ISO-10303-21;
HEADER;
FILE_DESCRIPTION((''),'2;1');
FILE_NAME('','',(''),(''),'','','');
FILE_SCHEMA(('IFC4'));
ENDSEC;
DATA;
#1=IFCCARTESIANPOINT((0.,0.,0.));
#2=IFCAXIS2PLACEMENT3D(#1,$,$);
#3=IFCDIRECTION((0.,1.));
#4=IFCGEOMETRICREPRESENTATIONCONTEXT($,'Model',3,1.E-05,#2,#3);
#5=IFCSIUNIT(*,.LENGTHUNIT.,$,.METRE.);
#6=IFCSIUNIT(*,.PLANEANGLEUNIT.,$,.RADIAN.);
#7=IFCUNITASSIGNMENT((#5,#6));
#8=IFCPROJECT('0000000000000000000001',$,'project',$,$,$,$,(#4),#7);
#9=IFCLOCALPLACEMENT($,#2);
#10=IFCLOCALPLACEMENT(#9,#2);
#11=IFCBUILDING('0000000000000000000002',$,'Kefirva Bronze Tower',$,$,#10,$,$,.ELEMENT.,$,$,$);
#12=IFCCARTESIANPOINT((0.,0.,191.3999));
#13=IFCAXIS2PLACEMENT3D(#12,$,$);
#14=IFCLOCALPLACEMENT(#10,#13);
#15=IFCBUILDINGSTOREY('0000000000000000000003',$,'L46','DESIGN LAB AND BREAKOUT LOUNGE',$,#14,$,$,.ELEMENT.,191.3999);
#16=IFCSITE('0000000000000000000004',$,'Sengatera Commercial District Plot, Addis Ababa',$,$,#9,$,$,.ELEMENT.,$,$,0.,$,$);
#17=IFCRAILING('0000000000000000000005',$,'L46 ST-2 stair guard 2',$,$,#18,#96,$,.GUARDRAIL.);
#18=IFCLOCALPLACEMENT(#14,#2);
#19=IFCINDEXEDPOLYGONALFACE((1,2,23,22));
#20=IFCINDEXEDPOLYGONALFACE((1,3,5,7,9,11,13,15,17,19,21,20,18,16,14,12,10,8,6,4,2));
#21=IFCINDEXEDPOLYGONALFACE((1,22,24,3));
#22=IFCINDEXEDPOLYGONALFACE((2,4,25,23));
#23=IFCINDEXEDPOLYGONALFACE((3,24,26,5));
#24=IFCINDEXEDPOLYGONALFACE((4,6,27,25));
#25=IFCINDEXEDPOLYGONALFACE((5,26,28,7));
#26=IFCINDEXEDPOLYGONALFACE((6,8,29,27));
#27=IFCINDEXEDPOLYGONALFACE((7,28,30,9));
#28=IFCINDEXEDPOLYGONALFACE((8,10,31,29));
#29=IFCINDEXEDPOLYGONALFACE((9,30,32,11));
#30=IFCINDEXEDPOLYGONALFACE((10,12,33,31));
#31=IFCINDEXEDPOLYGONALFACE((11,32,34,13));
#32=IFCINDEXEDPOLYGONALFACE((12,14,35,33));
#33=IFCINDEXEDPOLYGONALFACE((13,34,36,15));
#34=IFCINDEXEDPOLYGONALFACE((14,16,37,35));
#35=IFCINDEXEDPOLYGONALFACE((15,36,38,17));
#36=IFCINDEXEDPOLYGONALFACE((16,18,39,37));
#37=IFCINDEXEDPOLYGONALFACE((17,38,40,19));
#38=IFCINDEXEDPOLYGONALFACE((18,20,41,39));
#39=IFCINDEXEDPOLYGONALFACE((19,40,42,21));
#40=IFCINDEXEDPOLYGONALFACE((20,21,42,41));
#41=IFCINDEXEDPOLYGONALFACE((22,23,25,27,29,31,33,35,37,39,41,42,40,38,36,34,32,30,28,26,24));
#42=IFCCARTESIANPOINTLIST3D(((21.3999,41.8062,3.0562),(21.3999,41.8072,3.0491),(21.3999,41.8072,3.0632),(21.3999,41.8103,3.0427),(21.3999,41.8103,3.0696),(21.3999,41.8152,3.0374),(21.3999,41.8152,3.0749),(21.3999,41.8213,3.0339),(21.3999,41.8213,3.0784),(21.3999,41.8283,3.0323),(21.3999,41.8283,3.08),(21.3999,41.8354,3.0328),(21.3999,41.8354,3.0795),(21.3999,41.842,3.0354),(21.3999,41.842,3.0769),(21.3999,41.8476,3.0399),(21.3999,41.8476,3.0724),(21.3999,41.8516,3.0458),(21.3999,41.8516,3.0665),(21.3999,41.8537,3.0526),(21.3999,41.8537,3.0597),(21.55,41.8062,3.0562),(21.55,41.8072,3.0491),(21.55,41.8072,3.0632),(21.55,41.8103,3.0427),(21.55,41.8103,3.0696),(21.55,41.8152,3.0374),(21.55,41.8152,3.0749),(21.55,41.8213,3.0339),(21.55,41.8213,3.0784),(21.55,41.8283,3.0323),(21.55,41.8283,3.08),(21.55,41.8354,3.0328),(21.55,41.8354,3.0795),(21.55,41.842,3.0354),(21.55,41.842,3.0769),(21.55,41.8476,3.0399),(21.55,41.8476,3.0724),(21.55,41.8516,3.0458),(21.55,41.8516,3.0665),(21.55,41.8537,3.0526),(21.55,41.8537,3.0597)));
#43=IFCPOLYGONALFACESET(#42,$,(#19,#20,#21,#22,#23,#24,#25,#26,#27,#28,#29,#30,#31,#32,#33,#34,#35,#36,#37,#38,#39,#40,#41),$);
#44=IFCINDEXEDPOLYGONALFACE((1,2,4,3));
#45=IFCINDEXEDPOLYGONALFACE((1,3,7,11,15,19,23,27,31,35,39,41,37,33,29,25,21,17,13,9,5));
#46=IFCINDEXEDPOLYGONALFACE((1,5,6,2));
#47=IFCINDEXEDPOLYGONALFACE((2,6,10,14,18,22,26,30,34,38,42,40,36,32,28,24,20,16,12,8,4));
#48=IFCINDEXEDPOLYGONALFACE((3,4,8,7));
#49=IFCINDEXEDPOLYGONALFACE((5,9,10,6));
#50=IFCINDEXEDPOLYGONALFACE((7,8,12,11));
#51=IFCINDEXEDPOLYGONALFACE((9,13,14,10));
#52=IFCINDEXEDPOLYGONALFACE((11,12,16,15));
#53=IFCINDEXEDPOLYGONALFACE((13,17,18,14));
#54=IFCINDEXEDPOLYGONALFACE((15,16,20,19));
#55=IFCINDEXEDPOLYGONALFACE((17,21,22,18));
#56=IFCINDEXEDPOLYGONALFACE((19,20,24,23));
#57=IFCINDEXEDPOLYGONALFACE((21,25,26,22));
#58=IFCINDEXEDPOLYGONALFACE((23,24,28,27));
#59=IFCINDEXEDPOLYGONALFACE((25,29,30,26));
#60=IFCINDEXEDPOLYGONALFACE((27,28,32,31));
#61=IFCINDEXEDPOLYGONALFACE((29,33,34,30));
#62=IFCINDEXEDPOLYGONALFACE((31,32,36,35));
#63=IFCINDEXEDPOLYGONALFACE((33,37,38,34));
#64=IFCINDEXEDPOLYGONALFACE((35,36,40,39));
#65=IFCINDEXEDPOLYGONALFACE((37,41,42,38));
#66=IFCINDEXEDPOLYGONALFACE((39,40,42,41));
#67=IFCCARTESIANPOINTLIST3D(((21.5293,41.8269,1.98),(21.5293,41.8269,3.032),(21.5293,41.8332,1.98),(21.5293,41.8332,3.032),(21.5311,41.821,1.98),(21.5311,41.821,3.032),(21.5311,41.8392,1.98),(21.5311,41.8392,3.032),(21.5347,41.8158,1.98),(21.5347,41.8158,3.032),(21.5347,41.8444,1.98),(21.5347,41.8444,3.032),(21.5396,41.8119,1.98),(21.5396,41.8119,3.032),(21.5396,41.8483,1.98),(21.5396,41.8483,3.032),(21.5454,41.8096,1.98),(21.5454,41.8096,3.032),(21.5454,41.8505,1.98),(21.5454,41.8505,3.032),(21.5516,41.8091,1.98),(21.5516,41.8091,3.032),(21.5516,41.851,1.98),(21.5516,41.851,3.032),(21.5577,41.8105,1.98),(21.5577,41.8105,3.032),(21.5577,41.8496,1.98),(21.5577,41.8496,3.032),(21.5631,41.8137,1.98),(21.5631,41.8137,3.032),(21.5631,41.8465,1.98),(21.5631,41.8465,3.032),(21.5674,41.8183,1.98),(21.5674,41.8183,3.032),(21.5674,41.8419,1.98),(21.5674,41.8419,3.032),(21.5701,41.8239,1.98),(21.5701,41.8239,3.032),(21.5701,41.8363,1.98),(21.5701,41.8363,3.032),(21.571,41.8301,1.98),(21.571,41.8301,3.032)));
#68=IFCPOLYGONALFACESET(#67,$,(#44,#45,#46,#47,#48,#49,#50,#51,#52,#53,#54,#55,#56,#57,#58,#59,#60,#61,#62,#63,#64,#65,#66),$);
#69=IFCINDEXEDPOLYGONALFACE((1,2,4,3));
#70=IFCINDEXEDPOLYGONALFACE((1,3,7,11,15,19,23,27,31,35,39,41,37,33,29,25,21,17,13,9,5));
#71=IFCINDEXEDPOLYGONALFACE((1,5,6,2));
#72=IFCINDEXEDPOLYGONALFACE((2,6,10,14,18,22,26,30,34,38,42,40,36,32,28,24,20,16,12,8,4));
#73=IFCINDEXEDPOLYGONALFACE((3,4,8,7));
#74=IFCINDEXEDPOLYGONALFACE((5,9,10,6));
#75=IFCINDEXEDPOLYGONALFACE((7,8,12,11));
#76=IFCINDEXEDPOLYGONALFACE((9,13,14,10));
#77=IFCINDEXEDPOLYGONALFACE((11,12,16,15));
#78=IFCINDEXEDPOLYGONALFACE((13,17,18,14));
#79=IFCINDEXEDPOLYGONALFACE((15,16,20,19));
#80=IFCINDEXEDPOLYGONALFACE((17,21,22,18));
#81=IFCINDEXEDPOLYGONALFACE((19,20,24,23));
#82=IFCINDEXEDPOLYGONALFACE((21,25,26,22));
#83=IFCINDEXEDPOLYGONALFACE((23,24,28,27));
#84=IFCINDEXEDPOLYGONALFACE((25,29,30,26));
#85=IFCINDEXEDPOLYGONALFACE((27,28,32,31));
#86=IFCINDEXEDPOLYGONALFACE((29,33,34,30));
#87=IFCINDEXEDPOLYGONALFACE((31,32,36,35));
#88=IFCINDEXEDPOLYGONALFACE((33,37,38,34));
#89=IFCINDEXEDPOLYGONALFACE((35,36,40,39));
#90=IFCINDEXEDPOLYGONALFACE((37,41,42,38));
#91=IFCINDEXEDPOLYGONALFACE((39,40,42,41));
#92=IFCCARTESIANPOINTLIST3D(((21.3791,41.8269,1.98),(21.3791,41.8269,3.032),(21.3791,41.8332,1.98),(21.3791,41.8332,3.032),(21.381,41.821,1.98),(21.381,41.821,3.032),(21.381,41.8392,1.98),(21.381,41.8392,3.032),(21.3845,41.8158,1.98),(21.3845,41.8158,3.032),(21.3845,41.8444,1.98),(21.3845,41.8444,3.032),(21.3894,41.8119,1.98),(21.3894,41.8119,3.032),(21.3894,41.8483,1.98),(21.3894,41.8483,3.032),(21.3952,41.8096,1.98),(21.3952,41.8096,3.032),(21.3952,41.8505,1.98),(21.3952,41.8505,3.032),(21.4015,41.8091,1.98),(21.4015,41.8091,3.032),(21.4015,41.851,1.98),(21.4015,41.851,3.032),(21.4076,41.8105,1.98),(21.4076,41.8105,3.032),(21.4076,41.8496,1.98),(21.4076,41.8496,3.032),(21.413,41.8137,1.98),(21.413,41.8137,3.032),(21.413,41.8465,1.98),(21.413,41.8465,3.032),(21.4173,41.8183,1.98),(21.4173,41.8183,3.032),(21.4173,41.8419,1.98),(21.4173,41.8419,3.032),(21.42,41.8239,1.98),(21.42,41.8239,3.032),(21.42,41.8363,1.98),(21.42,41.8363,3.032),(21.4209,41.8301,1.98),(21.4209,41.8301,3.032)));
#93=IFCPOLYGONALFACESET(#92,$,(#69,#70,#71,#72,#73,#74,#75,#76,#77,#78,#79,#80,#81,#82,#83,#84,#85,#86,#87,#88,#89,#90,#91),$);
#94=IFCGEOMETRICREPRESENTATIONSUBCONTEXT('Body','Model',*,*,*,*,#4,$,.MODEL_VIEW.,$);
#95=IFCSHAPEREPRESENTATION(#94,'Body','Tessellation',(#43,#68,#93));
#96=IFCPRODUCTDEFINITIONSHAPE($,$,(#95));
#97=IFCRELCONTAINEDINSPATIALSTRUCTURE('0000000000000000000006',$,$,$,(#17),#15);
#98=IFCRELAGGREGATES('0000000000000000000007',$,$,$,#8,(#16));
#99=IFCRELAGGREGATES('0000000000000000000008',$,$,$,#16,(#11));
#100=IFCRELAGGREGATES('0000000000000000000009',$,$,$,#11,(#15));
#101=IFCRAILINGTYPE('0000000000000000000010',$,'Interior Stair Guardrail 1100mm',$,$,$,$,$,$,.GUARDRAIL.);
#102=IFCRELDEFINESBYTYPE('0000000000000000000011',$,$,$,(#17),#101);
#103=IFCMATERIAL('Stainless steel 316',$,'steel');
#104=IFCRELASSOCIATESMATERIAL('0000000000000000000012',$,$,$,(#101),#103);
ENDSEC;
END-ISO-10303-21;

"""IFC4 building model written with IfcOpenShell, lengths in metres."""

from ifc_helpers import new_model, si_unit, direction, frame, origin, origin_2d, place, context, subcontext, project, spatial, circle, extrude, material, type_object, element, save


model = new_model("IFC4")

# Units and contexts
model_context = context("Model", 3, precision=1e-05, world=origin(), true_north=direction((0.0, 1.0)))
body_context = subcontext(model_context, "Body", "Model", "MODEL_VIEW")
ifc_project = project(units=[si_unit("LENGTHUNIT", "METRE"), si_unit("PLANEANGLEUNIT", "RADIAN")], contexts=[model_context])

# Site, building, storey
site_placement = place(None, origin())
site = spatial("IfcSite", under=ifc_project, at=site_placement, Name="Sengatera Commercial District Plot, Addis Ababa", CompositionType="ELEMENT", RefElevation=0.0)
building_placement = place(site_placement, origin())
building = spatial("IfcBuilding", under=site, at=building_placement, Name="Kefirva Bronze Tower", CompositionType="ELEMENT")
storey_placement = place(building_placement, frame((0.0, 0.0, 191.3999)))
storey = spatial("IfcBuildingStorey", under=building, at=storey_placement, Name="L46", Description="DESIGN LAB AND BREAKOUT LOUNGE", CompositionType="ELEMENT", Elevation=191.3999)

# Railing
ifc_material_1 = material(Name="Stainless steel 316", Category="steel")
railing_type_1 = type_object("IfcRailingType", Name="Interior Stair Guardrail 1100mm", PredefinedType="GUARDRAIL", material=ifc_material_1)
railing_1_placement = place(storey_placement, frame((21.55, 41.8301, 1.98)))
element("IfcRailing", 1, at=railing_1_placement, inside=storey, type_object=railing_type_1, Name="L46 ST-2 stair guard 2", PredefinedType="GUARDRAIL", context=body_context, shape_type="SweptSolid", body=[
    extrude(circle(Radius=0.0239, at=origin_2d()), frame((0.0, 0.0, 1.0762), z_axis=(-1.0, 0.0, 0.0), x_axis=(0.0, -1.0, 0.0)), (0.0, 0.0, 1.0), 0.1501),
    extrude(circle(Radius=0.021, at=origin_2d()), origin(), (0.0, 0.0, 1.0), 1.052),
    extrude(circle(Radius=0.021, at=origin_2d()), frame((-0.1501, 0.0, 0.0)), (0.0, 0.0, 1.0), 1.052),
])

save(model, "model.ifc")
